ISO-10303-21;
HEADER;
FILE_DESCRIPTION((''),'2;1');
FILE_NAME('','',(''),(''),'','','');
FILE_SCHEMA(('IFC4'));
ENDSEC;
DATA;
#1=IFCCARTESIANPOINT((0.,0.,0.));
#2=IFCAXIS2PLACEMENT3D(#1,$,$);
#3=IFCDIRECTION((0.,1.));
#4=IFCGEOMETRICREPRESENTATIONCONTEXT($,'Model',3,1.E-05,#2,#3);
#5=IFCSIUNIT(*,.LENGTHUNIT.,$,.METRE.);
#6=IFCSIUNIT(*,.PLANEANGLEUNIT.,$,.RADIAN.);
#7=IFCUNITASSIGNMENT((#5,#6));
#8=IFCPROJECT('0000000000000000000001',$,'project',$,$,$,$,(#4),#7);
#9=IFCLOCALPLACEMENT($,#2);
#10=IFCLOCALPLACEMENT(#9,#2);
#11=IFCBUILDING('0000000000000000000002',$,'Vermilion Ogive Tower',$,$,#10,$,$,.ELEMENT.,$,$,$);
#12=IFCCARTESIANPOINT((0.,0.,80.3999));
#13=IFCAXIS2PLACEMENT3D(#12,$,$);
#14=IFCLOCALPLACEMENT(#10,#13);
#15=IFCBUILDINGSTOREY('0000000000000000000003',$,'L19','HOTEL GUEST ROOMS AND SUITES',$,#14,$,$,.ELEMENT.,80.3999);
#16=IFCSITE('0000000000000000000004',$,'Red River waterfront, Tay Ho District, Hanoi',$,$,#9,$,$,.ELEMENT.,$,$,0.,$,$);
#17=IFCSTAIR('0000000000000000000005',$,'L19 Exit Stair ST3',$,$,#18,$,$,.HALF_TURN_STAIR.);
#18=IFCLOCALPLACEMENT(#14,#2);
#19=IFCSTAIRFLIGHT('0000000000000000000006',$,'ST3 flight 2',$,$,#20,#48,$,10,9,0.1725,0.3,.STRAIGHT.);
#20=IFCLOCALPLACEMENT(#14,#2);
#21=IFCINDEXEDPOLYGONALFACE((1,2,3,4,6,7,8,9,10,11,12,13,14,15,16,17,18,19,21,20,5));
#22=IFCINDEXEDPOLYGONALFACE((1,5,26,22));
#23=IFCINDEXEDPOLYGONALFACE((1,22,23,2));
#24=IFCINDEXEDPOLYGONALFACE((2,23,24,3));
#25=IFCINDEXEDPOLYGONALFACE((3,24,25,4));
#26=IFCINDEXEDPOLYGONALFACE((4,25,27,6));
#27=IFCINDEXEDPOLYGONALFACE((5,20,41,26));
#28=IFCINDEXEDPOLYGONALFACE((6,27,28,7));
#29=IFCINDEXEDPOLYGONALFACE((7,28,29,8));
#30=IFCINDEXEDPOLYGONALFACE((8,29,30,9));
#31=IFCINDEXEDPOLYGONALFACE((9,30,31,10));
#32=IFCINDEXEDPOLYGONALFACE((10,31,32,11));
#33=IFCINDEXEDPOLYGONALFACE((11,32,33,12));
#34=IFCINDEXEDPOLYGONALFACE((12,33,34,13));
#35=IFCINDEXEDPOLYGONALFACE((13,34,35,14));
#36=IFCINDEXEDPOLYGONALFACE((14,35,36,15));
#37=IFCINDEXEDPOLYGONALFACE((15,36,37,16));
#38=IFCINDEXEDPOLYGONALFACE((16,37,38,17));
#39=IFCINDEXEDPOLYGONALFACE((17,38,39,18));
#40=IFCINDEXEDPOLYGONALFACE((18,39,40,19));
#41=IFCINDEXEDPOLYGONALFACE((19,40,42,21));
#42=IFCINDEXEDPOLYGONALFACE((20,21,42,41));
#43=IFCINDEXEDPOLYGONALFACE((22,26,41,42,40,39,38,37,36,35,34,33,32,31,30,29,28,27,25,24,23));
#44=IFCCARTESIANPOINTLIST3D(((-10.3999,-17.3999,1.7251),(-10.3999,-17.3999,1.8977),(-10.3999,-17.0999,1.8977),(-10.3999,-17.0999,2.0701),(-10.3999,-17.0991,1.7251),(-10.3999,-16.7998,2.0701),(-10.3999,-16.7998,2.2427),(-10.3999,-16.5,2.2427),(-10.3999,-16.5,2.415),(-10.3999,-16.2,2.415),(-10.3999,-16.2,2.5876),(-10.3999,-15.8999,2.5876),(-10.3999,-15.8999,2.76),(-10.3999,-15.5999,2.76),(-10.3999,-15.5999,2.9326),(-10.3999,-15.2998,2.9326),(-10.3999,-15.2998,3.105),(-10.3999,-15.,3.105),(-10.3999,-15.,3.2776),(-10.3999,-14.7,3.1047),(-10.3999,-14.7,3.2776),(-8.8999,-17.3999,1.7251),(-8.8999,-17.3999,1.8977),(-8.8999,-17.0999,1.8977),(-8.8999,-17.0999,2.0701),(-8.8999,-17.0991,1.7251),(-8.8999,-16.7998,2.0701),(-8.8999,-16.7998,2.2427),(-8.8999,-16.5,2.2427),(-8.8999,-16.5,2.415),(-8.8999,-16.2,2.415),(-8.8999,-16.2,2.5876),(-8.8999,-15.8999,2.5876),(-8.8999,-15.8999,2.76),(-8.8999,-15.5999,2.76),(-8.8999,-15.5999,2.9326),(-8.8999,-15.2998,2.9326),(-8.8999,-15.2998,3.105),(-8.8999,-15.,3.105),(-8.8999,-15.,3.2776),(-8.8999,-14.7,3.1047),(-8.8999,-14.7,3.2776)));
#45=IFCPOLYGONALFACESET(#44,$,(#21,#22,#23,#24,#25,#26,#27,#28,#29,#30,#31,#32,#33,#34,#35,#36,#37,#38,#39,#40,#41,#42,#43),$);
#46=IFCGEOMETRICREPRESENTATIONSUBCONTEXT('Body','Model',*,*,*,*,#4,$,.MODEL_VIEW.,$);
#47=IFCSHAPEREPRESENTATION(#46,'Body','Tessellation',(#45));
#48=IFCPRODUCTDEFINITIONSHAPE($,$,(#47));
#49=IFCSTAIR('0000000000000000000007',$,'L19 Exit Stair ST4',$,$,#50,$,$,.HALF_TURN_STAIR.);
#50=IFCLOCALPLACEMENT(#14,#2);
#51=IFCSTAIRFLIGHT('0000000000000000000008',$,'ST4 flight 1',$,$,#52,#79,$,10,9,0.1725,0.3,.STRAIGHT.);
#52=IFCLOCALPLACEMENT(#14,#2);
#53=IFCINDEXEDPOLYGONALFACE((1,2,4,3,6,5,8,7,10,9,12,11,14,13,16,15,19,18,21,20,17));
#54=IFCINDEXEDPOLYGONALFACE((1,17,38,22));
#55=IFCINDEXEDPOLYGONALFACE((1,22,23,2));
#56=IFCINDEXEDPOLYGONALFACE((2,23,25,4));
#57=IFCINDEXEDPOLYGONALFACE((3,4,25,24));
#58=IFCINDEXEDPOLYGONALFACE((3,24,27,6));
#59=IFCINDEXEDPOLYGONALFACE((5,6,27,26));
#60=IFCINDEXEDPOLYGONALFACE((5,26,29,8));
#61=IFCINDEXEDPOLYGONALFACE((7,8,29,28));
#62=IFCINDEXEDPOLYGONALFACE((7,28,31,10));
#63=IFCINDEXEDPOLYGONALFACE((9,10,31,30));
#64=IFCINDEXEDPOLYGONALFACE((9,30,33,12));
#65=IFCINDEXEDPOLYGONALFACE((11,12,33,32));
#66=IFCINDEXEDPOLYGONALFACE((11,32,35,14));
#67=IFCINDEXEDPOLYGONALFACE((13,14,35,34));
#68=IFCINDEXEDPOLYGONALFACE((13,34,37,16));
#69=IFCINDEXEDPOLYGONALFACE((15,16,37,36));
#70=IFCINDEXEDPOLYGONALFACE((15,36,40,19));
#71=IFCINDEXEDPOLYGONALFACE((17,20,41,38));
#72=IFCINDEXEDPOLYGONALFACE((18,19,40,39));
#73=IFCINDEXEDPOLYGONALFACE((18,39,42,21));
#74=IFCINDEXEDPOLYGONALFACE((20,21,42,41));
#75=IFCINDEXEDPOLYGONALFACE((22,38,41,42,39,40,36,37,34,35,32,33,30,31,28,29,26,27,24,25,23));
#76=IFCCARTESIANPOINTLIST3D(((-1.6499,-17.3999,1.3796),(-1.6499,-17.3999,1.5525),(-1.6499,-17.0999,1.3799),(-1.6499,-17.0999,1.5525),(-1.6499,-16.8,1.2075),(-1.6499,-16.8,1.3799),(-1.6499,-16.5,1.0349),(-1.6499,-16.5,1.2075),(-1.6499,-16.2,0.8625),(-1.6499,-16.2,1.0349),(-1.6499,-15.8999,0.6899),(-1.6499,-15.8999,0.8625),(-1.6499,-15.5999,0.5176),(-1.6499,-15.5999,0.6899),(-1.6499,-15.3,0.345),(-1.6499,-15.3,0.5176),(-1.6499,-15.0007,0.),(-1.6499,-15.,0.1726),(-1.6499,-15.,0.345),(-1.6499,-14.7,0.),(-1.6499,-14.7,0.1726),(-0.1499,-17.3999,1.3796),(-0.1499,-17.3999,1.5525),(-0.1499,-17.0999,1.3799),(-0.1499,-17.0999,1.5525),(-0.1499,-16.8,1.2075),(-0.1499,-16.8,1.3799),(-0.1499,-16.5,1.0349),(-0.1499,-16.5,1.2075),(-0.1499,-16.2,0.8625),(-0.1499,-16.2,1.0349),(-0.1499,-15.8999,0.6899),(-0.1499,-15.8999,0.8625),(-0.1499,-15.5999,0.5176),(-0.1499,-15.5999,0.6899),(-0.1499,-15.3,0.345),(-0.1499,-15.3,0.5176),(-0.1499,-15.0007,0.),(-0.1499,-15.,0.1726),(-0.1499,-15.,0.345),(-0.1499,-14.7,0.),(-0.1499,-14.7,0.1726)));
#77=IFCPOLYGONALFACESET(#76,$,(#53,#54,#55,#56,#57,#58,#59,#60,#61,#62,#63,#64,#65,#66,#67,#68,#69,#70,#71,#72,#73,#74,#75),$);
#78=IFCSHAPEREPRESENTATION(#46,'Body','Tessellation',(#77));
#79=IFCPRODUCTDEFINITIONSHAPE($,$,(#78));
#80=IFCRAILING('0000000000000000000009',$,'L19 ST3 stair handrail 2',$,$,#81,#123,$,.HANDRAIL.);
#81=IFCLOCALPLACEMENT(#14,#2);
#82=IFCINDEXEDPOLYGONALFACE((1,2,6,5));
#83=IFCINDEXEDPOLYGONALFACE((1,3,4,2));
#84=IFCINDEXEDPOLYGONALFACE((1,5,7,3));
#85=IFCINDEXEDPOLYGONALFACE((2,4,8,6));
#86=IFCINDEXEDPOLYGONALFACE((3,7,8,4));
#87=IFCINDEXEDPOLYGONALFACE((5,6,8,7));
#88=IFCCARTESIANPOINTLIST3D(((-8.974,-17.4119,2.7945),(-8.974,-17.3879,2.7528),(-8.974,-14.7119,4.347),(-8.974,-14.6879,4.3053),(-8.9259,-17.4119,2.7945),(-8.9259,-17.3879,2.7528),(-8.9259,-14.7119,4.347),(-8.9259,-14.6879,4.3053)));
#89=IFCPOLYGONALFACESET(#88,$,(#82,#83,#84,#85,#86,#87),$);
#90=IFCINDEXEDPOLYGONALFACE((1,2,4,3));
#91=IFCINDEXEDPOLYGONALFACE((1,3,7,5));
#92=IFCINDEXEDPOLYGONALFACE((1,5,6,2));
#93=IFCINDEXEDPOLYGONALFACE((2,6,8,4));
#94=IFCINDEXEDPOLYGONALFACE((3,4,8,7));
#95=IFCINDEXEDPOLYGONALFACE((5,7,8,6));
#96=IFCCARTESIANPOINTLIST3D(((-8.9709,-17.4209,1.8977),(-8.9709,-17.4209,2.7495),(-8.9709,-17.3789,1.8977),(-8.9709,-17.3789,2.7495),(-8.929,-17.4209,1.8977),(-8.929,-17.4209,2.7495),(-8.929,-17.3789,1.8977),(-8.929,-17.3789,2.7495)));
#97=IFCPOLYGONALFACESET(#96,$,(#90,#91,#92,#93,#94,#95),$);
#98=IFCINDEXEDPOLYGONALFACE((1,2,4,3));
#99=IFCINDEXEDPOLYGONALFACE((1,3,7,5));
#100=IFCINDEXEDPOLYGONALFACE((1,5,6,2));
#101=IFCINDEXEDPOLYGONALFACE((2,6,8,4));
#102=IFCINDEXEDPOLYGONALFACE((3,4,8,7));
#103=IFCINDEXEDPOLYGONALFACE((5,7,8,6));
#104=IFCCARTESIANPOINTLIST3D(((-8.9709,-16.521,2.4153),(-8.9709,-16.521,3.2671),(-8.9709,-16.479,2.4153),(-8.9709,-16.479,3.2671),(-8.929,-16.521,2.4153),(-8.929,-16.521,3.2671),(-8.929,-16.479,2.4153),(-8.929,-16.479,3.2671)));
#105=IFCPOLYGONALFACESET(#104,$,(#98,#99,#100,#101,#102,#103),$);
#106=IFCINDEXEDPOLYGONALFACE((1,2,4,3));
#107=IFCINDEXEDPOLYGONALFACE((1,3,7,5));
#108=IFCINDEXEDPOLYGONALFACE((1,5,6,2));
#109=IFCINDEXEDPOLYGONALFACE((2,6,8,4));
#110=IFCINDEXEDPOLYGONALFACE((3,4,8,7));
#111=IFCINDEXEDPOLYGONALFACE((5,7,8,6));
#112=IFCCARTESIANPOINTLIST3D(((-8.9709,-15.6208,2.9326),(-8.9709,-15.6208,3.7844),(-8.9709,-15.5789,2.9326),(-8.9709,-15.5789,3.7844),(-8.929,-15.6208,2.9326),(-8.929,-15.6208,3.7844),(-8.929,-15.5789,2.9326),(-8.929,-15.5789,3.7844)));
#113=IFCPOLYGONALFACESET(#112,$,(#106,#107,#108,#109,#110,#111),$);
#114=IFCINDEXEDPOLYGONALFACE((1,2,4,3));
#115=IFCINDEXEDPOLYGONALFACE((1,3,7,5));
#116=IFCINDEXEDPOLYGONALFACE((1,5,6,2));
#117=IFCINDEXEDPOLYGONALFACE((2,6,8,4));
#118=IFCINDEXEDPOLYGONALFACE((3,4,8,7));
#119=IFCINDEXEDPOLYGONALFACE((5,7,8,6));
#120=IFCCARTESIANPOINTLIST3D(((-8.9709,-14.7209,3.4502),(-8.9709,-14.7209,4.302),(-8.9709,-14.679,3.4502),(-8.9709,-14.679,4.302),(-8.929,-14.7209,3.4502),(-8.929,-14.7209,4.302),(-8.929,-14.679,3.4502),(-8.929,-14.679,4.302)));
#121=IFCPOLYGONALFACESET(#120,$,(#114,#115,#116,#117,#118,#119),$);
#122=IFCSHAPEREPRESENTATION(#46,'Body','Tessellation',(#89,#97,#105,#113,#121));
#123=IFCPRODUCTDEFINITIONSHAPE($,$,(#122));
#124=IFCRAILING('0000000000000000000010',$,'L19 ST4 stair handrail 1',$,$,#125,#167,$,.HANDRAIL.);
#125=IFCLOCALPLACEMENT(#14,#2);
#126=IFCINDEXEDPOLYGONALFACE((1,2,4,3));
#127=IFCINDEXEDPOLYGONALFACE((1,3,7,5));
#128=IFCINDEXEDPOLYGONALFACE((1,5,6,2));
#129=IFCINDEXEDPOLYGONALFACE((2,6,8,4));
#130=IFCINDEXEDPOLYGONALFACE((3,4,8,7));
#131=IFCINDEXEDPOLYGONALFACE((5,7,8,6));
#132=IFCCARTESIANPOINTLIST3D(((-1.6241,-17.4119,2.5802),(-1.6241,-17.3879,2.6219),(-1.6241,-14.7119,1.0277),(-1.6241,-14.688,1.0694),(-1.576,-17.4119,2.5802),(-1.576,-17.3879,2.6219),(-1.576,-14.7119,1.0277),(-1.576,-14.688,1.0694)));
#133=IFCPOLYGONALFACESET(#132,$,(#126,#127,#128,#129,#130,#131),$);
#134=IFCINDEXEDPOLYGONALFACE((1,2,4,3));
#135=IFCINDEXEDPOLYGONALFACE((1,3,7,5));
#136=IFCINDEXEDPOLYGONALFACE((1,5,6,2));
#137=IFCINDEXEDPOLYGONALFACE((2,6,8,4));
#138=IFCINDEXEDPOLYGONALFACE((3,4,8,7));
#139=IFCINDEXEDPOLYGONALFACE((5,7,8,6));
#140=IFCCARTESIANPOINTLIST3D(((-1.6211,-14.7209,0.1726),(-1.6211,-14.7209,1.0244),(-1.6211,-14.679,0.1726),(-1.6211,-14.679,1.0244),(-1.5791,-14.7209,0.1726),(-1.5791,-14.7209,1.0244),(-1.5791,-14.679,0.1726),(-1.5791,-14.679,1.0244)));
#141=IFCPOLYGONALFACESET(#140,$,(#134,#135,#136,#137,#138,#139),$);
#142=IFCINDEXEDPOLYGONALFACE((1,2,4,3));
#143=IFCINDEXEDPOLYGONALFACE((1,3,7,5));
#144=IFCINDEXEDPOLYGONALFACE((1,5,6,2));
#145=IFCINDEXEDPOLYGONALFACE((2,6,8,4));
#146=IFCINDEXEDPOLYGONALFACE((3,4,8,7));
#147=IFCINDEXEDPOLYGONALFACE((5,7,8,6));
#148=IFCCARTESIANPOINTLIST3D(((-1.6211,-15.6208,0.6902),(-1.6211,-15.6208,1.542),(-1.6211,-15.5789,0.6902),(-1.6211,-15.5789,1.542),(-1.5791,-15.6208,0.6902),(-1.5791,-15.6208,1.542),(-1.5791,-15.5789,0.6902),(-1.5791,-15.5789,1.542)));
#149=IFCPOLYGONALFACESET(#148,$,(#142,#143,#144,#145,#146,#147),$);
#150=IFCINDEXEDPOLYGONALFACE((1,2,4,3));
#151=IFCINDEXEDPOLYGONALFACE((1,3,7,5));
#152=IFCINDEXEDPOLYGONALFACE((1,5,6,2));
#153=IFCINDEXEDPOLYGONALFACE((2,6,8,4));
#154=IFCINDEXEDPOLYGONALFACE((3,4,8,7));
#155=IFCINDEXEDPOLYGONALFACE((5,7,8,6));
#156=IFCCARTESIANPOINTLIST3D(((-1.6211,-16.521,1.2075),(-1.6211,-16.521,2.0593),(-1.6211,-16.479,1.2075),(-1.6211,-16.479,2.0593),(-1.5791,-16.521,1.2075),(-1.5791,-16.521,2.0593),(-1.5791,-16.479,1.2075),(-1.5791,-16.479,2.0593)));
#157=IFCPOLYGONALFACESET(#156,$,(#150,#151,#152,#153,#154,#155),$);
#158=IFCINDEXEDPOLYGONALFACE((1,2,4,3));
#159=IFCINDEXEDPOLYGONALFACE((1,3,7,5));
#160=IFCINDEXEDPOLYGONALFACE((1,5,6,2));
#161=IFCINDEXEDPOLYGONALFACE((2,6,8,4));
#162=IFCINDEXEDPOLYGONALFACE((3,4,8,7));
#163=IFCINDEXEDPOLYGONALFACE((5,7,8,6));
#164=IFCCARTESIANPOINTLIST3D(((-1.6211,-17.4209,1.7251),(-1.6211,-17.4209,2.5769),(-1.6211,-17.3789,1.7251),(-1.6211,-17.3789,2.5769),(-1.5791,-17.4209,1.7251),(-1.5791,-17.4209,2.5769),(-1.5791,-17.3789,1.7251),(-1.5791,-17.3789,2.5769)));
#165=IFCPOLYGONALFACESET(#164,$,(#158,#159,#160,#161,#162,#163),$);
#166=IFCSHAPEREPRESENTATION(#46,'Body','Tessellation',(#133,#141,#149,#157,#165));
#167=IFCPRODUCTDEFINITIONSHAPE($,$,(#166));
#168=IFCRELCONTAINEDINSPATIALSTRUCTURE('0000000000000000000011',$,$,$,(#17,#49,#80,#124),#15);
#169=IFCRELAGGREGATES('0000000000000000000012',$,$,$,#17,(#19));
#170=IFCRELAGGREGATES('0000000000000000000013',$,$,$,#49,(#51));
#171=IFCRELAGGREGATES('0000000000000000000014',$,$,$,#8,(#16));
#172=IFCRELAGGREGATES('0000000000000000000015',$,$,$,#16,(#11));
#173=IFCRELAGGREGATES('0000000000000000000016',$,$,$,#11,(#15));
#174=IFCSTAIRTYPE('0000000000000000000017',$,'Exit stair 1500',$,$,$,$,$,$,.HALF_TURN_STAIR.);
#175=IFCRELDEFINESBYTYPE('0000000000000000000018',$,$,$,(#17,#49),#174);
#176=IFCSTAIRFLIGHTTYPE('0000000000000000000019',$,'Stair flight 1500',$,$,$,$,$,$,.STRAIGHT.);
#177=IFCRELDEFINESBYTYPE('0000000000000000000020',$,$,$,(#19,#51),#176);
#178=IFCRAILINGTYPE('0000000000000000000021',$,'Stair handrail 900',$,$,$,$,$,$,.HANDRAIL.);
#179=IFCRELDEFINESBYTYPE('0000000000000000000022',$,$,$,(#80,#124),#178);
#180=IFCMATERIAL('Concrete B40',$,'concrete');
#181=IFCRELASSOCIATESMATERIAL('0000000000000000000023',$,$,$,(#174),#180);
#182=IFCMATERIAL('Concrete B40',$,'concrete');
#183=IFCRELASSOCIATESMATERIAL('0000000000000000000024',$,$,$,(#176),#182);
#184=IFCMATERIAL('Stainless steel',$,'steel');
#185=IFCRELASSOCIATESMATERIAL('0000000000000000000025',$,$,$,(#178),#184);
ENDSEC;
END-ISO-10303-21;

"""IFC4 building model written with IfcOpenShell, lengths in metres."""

from ifc_helpers import new_model, si_unit, direction, frame, origin, origin_2d, place, context, subcontext, project, spatial, polyline, rectangle, outline, extrude, material, type_object, element, aggregate, save


model = new_model("IFC4")

# Units and contexts
model_context = context("Model", 3, precision=1e-05, world=origin(), true_north=direction((0.0, 1.0)))
body_context = subcontext(model_context, "Body", "Model", "MODEL_VIEW")
ifc_project = project(units=[si_unit("LENGTHUNIT", "METRE"), si_unit("PLANEANGLEUNIT", "RADIAN")], contexts=[model_context])

# Site, building, storey
site_placement = place(None, origin())
site = spatial("IfcSite", under=ifc_project, at=site_placement, Name="Red River waterfront, Tay Ho District, Hanoi", CompositionType="ELEMENT", RefElevation=0.0)
building_placement = place(site_placement, origin())
building = spatial("IfcBuilding", under=site, at=building_placement, Name="Vermilion Ogive Tower", CompositionType="ELEMENT")
storey_placement = place(building_placement, frame((0.0, 0.0, 80.3999)))
storey = spatial("IfcBuildingStorey", under=building, at=storey_placement, Name="L19", Description="HOTEL GUEST ROOMS AND SUITES", CompositionType="ELEMENT", Elevation=80.3999)

# Stairs, stair flights
ifc_material_1 = material(Name="Concrete B40", Category="concrete")
stair_type = type_object("IfcStairType", Name="Exit stair 1500", PredefinedType="HALF_TURN_STAIR", material=ifc_material_1)
stair_1_placement = place(storey_placement, origin())
stair_1 = element("IfcStair", 1, at=stair_1_placement, inside=storey, type_object=stair_type, Name="L19 Exit Stair ST3", PredefinedType="HALF_TURN_STAIR")
ifc_material_2 = material(Name="Concrete B40", Category="concrete")
stair_flight_type = type_object("IfcStairFlightType", Name="Stair flight 1500", PredefinedType="STRAIGHT", material=ifc_material_2)
stair_flight_1_placement = place(storey_placement, frame((-9.6499, -17.3999, 1.7251), z_axis=(0.0, 0.0, 1.0), x_axis=(0.0, 1.0, 0.0)))
stair_flight_1 = element("IfcStairFlight", 2, at=stair_flight_1_placement, type_object=stair_flight_type, Name="ST3 flight 2", NumberOfRisers=10, NumberOfTreads=9, PredefinedType="STRAIGHT", RiserHeight=0.1725, TreadLength=0.3, context=body_context, shape_type="SweptSolid", body=[
    extrude(outline(polyline([(0.0, 0.0), (0.0, 0.1726), (0.3, 0.1726), (0.3, 0.345), (0.6001, 0.345), (0.6001, 0.5176), (0.8999, 0.5176), (0.8999, 0.6899), (1.2, 0.6899), (1.2, 0.8625), (1.5, 0.8625), (1.5, 1.0349), (1.8, 1.0349), (1.8, 1.2075), (2.1001, 1.2075), (2.1001, 1.3799), (2.3999, 1.3799), (2.3999, 1.5525), (2.7, 1.5525), (2.7, 1.7251), (2.7, 1.3796), (0.3008, 0.0), (0.0, 0.0)])), frame((0.0, 0.75, 0.0), z_axis=(0.0, -1.0, 0.0), x_axis=(1.0, 0.0, 0.0)), (0.0, 0.0, 1.0), 1.5),
])
aggregate(stair_1, [stair_flight_1])
stair_2_placement = place(storey_placement, origin())
stair_2 = element("IfcStair", 3, at=stair_2_placement, inside=storey, type_object=stair_type, Name="L19 Exit Stair ST4", PredefinedType="HALF_TURN_STAIR")
stair_flight_2_placement = place(storey_placement, frame((-0.8999, -14.7, 0.0), z_axis=(0.0, 0.0, 1.0), x_axis=(0.0, -1.0, 0.0)))
stair_flight_2 = element("IfcStairFlight", 4, at=stair_flight_2_placement, type_object=stair_flight_type, Name="ST4 flight 1", NumberOfRisers=10, NumberOfTreads=9, PredefinedType="STRAIGHT", RiserHeight=0.1725, TreadLength=0.3, context=body_context, shape_type="SweptSolid", body=[
    extrude(outline(polyline([(0.0, 0.0), (0.0, 0.1726), (0.3, 0.1726), (0.3, 0.345), (0.6001, 0.345), (0.6001, 0.5176), (0.8999, 0.5176), (0.8999, 0.6899), (1.2, 0.6899), (1.2, 0.8625), (1.5, 0.8625), (1.5, 1.0349), (1.8, 1.0349), (1.8, 1.2075), (2.1001, 1.2075), (2.1001, 1.3799), (2.3999, 1.3799), (2.3999, 1.5525), (2.7, 1.5525), (2.7, 1.7251), (2.7, 1.3796), (0.3008, 0.0), (0.0, 0.0)])), frame((0.0, 0.75, 0.0), z_axis=(0.0, -1.0, 0.0), x_axis=(1.0, 0.0, 0.0)), (0.0, 0.0, 1.0), 1.5),
])
aggregate(stair_2, [stair_flight_2])

# Railings
ifc_material_3 = material(Name="Stainless steel", Category="steel")
railing_type = type_object("IfcRailingType", Name="Stair handrail 900", PredefinedType="HANDRAIL", material=ifc_material_3)
railing_1_placement = place(storey_placement, frame((-8.95, -17.3999, 1.8977)))
element("IfcRailing", 5, at=railing_1_placement, inside=storey, type_object=railing_type, Name="L19 ST3 stair handrail 2", PredefinedType="HANDRAIL", context=body_context, shape_type="SweptSolid", body=[
    extrude(rectangle(XDim=0.0481, YDim=0.0481, at=origin_2d()), frame((0.0, 0.0, 0.876), z_axis=(0.0, 0.866904, 0.498476), x_axis=(-1.0, 0.0, 0.0)), (0.0, 0.0, 1.0), 3.1145),
    extrude(rectangle(XDim=0.042, YDim=0.042, at=origin_2d()), origin(), (0.0, 0.0, 1.0), 0.8518),
    extrude(rectangle(XDim=0.042, YDim=0.042, at=origin_2d()), frame((0.0, 0.8999, 0.5176)), (0.0, 0.0, 1.0), 0.8518),
    extrude(rectangle(XDim=0.042, YDim=0.042, at=origin_2d()), frame((0.0, 1.8, 1.0349)), (0.0, 0.0, 1.0), 0.8518),
    extrude(rectangle(XDim=0.042, YDim=0.042, at=origin_2d()), frame((0.0, 2.7, 1.5525)), (0.0, 0.0, 1.0), 0.8518),
])
railing_2_placement = place(storey_placement, frame((-1.6001, -14.7, 0.1726)))
element("IfcRailing", 6, at=railing_2_placement, inside=storey, type_object=railing_type, Name="L19 ST4 stair handrail 1", PredefinedType="HANDRAIL", context=body_context, shape_type="SweptSolid", body=[
    extrude(rectangle(XDim=0.0481, YDim=0.0481, at=origin_2d()), frame((0.0, 0.0, 0.876), z_axis=(0.0, -0.866904, 0.498476), x_axis=(1.0, 0.0, 0.0)), (0.0, 0.0, 1.0), 3.1145),
    extrude(rectangle(XDim=0.042, YDim=0.042, at=origin_2d()), origin(), (0.0, 0.0, 1.0), 0.8518),
    extrude(rectangle(XDim=0.042, YDim=0.042, at=origin_2d()), frame((0.0, -0.8999, 0.5176)), (0.0, 0.0, 1.0), 0.8518),
    extrude(rectangle(XDim=0.042, YDim=0.042, at=origin_2d()), frame((0.0, -1.8, 1.0349)), (0.0, 0.0, 1.0), 0.8518),
    extrude(rectangle(XDim=0.042, YDim=0.042, at=origin_2d()), frame((0.0, -2.7, 1.5525)), (0.0, 0.0, 1.0), 0.8518),
])

save(model, "model.ifc")
